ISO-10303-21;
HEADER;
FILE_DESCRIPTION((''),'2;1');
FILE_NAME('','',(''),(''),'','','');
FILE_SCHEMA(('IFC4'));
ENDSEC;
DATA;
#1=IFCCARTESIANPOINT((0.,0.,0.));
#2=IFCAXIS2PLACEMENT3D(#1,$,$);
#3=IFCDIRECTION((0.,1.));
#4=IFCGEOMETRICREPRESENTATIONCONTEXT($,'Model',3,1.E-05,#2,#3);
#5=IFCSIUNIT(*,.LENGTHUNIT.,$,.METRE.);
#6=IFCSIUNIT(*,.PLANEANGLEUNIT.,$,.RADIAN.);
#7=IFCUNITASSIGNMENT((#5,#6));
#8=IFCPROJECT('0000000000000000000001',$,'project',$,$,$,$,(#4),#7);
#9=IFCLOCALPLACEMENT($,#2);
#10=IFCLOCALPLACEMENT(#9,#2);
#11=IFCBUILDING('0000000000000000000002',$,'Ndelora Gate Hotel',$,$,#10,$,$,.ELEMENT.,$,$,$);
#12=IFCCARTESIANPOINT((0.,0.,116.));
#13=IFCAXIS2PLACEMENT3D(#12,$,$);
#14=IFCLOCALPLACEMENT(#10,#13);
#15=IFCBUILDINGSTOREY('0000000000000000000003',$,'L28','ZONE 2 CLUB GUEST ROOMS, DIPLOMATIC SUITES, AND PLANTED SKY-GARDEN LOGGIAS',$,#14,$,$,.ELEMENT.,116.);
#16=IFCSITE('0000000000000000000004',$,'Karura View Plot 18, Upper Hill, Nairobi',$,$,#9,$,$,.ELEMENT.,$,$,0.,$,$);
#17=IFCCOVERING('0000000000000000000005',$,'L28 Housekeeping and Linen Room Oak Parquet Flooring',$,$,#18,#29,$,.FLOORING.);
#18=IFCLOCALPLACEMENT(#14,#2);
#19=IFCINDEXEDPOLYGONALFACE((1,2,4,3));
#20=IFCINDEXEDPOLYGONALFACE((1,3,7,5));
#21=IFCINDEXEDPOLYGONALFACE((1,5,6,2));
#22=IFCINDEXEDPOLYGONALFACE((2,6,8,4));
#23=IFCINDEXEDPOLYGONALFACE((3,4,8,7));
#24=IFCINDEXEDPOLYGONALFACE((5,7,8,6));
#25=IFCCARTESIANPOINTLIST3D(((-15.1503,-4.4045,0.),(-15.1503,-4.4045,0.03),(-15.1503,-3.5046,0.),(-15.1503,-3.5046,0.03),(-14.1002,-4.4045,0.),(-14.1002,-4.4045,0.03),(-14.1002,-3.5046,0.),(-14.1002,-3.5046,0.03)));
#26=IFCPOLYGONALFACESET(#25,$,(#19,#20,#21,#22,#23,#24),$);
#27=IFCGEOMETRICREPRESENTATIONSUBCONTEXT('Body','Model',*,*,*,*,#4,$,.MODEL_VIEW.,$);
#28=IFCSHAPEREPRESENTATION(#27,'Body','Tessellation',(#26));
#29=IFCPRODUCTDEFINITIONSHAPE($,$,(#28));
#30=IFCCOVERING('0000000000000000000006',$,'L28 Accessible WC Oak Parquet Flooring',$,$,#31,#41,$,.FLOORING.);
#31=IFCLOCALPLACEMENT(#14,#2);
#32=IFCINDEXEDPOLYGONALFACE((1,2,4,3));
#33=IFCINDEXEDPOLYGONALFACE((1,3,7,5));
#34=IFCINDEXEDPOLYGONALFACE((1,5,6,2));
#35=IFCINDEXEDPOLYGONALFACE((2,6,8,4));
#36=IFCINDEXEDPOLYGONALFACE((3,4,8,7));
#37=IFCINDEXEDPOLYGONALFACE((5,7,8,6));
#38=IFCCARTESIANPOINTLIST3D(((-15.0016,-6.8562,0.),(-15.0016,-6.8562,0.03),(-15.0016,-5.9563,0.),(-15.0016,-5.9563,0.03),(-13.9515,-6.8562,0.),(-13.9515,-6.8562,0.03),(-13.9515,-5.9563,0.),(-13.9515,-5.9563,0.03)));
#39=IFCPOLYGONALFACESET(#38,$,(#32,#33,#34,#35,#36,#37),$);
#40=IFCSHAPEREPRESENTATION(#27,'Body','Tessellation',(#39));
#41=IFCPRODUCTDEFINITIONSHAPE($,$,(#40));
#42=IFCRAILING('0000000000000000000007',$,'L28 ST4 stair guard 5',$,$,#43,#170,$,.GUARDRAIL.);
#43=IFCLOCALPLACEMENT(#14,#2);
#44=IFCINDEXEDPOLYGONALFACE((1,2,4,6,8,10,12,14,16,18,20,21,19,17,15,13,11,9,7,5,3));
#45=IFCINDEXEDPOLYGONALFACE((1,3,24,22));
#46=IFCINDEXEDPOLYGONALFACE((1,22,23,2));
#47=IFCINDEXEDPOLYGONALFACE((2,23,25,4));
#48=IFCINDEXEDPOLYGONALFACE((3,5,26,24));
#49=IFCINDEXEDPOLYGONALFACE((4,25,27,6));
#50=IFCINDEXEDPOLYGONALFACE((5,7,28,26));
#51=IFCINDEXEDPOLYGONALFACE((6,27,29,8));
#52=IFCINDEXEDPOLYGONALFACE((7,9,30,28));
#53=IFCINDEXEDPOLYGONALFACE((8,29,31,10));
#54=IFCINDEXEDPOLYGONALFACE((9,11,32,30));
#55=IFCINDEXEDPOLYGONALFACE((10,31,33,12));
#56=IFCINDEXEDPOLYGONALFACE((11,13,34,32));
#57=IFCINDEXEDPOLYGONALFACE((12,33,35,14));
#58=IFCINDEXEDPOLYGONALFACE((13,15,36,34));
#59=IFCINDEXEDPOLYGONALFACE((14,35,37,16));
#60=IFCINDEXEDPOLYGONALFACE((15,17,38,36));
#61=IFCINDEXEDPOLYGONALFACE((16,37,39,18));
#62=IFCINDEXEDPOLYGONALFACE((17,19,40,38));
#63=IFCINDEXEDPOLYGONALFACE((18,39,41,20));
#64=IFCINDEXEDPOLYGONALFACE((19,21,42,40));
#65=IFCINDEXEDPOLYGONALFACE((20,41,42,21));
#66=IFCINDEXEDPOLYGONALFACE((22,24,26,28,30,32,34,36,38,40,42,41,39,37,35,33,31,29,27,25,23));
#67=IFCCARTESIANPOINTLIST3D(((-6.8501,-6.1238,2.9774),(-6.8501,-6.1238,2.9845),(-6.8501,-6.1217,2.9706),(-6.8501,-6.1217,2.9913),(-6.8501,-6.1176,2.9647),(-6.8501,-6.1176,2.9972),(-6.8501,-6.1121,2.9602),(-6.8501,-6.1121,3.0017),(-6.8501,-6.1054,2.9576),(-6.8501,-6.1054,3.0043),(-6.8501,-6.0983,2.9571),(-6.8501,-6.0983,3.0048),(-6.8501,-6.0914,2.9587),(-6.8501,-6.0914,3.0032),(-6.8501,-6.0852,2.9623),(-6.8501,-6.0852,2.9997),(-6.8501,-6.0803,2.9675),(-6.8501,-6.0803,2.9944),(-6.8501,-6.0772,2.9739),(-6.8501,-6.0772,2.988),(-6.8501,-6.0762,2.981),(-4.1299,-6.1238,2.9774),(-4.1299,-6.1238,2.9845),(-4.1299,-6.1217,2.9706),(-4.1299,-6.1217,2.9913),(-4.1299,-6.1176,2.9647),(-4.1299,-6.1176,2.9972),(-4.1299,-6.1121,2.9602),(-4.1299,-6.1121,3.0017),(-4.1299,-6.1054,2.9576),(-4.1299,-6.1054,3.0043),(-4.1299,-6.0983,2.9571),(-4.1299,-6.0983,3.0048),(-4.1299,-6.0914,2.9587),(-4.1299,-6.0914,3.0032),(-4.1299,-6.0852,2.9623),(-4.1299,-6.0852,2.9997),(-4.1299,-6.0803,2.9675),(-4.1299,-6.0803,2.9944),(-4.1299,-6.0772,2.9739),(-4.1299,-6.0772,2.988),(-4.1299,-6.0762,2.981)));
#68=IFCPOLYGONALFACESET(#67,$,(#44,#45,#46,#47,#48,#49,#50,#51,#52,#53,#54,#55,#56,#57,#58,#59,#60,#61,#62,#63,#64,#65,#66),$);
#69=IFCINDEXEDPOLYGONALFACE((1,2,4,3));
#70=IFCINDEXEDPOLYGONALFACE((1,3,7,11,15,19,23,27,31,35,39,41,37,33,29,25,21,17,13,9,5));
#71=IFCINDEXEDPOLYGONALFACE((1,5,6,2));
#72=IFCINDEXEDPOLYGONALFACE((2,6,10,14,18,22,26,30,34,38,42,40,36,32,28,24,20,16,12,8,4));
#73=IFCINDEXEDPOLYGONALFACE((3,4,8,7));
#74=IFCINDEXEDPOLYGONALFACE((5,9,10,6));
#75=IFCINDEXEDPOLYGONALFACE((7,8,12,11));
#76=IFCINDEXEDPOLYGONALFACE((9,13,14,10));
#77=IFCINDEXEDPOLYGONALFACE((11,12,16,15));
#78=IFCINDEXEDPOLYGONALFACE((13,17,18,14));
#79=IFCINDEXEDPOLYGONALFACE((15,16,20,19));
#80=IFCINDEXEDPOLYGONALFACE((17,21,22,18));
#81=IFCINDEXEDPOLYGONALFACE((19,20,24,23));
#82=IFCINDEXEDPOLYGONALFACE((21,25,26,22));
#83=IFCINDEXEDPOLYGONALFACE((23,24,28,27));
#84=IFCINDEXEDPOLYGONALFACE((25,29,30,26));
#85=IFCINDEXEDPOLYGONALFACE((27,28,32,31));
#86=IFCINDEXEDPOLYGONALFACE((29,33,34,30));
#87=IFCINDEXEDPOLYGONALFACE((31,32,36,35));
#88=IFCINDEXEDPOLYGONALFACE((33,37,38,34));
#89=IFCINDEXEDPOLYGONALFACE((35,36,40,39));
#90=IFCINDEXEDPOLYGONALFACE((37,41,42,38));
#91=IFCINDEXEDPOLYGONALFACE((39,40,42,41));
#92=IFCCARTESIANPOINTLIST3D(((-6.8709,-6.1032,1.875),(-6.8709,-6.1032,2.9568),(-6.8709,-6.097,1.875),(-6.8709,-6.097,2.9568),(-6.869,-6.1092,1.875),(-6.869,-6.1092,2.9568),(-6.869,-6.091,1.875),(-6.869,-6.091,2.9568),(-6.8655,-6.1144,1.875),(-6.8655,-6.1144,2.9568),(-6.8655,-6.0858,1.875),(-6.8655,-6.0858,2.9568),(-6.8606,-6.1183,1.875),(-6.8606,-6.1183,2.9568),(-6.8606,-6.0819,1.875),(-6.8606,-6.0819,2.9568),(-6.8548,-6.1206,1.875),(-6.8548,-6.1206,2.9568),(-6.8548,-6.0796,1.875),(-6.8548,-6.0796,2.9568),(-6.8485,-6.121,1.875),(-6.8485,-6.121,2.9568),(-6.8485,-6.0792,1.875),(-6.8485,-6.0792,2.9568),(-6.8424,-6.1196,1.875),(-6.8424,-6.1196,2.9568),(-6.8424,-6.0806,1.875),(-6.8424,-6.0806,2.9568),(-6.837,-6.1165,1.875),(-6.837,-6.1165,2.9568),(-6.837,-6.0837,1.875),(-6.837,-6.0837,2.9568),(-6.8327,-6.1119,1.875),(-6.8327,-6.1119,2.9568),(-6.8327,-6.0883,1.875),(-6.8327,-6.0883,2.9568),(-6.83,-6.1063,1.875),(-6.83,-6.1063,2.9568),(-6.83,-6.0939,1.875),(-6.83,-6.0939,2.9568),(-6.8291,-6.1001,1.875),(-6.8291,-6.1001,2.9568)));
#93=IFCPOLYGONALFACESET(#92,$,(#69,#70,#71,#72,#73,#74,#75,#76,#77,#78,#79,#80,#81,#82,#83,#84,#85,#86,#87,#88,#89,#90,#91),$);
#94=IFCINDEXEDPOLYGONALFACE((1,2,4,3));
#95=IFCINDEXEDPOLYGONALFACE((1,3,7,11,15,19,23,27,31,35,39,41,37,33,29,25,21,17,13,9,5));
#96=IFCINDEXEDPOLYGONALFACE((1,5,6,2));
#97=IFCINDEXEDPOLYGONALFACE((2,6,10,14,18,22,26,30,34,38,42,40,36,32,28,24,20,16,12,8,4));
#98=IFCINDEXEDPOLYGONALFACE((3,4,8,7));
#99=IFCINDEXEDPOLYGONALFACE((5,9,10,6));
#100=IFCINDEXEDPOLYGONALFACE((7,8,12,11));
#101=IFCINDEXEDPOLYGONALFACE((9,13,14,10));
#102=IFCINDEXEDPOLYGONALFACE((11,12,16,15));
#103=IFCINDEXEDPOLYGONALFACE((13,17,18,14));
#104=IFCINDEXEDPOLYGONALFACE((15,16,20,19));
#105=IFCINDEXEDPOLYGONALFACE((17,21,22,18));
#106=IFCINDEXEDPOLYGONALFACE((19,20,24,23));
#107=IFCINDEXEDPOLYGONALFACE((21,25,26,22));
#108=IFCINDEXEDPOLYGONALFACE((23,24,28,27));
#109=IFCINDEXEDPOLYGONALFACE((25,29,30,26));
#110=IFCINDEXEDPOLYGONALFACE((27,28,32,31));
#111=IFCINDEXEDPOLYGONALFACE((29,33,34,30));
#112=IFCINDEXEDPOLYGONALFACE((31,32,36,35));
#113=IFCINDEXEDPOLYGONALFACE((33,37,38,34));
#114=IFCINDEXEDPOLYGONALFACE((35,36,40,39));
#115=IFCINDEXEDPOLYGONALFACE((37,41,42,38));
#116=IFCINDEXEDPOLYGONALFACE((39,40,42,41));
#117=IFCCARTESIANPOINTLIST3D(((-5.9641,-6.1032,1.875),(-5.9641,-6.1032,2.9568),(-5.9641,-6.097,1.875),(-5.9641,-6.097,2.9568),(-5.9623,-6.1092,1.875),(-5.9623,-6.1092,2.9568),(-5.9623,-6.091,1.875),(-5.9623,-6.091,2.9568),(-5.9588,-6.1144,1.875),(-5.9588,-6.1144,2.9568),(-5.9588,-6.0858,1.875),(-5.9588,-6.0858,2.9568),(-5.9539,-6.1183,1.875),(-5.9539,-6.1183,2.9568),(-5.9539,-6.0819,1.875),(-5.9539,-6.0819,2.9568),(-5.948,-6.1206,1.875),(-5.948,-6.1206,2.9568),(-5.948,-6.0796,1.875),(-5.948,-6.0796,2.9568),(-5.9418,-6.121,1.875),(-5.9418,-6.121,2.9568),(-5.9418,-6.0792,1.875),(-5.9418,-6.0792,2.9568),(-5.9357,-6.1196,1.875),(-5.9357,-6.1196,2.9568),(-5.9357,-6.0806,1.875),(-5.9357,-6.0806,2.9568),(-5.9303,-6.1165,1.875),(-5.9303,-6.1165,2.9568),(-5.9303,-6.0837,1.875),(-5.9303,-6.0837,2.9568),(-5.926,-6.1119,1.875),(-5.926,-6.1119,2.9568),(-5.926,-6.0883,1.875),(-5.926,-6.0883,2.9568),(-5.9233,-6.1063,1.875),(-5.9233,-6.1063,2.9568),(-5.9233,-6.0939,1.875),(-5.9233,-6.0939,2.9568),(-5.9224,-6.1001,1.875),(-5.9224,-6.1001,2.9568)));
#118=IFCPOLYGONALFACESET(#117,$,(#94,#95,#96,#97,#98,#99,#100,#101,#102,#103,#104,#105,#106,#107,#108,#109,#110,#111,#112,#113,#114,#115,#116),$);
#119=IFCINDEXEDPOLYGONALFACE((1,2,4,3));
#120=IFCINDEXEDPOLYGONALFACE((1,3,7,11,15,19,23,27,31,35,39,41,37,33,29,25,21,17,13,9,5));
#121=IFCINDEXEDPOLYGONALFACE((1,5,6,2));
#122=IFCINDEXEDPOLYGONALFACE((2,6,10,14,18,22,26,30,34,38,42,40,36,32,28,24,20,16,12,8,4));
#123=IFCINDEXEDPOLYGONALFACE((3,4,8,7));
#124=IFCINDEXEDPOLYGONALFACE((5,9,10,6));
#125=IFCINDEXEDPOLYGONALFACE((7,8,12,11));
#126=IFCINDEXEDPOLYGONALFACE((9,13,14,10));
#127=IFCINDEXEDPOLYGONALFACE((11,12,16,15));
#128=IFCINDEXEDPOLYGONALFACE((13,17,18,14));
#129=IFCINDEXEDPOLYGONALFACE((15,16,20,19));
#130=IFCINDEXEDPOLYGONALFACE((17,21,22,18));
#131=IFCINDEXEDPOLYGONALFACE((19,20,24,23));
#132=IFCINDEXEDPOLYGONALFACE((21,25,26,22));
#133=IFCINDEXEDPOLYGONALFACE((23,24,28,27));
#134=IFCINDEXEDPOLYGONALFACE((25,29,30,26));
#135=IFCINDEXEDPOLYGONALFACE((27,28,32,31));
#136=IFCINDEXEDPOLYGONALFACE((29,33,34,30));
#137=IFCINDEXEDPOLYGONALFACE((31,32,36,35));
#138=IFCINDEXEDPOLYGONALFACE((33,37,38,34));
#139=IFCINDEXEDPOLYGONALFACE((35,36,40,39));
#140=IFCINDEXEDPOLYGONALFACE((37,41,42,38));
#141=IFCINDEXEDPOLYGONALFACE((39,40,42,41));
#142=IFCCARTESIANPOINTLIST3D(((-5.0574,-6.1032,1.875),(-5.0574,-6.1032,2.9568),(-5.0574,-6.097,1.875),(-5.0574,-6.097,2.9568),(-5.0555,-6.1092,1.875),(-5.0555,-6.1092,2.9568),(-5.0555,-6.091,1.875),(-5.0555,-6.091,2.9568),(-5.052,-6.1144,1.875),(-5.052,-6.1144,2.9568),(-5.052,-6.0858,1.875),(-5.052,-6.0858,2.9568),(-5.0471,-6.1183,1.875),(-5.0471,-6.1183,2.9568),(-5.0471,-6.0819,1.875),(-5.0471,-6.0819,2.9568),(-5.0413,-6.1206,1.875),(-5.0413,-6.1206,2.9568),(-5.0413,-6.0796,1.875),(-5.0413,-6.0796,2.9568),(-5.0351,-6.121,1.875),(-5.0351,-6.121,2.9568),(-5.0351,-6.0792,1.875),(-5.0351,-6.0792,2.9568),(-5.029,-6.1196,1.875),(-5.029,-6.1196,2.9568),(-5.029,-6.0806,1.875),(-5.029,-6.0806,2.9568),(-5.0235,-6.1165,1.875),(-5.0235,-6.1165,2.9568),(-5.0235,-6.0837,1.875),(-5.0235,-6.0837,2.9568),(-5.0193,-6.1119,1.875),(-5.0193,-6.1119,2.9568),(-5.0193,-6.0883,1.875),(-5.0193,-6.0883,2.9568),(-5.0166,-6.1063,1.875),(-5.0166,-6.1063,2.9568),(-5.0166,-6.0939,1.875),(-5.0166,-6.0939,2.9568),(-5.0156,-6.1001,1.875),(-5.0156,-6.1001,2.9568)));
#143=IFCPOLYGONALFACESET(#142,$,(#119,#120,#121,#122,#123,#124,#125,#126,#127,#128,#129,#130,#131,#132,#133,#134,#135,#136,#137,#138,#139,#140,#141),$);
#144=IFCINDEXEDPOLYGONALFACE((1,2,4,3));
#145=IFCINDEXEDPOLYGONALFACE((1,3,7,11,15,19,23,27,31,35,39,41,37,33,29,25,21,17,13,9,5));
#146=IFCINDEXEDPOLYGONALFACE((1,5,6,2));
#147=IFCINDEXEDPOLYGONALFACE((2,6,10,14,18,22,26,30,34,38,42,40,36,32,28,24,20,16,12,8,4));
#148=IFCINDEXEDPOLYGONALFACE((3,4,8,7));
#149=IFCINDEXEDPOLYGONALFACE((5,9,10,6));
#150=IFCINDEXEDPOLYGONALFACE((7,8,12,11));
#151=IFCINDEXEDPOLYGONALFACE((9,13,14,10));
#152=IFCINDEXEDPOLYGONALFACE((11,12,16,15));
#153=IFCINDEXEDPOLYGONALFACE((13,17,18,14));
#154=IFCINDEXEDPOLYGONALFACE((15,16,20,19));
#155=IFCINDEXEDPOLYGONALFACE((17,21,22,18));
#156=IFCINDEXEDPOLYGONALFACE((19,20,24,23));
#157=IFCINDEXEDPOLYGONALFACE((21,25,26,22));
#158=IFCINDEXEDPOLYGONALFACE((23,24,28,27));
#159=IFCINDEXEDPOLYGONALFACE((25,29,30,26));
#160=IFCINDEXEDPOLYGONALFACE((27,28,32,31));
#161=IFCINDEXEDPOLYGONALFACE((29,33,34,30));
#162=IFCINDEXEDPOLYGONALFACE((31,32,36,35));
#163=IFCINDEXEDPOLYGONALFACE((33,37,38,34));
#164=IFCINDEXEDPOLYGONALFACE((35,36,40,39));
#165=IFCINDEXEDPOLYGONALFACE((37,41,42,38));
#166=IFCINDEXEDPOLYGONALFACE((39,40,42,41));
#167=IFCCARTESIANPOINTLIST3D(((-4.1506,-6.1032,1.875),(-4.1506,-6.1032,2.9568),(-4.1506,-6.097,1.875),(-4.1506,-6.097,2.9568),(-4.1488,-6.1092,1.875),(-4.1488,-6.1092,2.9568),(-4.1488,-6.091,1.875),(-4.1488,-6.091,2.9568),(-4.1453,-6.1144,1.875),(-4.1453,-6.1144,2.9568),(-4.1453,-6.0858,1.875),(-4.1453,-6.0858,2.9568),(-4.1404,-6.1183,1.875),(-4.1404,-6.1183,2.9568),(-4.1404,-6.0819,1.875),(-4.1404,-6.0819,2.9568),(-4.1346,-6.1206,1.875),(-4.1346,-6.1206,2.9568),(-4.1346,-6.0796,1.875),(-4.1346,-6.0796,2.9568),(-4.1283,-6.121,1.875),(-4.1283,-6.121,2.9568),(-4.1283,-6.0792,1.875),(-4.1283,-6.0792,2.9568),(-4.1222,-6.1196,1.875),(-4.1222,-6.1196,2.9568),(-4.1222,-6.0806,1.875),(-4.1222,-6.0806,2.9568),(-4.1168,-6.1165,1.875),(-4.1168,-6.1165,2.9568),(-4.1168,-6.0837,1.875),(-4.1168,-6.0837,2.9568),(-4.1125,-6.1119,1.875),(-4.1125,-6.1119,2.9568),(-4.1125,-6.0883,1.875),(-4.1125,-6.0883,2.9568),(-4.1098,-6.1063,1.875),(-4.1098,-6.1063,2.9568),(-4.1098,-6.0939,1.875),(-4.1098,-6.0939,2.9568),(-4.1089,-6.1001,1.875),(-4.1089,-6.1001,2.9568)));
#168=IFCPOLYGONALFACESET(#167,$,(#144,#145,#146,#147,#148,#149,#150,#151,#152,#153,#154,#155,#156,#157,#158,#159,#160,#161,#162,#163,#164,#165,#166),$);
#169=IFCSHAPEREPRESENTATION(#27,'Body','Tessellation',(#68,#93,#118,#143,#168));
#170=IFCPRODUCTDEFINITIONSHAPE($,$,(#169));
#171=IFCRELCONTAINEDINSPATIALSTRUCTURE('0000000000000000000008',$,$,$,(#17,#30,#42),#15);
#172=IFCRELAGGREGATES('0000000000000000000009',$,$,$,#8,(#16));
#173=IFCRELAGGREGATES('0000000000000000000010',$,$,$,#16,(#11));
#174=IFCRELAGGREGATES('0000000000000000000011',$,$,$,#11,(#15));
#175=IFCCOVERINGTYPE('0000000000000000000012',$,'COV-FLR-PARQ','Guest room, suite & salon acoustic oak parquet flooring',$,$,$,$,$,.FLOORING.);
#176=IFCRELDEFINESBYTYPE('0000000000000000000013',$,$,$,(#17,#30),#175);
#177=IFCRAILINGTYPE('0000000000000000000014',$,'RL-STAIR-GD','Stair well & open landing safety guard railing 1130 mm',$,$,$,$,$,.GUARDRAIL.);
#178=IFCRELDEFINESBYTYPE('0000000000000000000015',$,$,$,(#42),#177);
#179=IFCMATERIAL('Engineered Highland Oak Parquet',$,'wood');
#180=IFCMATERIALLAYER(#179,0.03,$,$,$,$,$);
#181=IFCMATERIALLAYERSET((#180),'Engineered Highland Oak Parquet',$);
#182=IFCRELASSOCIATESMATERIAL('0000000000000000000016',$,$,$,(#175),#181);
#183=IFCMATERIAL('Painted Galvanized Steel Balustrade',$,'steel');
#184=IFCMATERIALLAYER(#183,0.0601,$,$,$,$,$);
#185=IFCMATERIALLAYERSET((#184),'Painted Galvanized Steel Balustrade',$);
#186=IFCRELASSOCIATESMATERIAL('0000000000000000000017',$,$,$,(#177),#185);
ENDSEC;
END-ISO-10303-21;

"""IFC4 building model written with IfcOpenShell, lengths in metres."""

from ifc_helpers import new_model, si_unit, direction, frame, origin, origin_2d, place, context, subcontext, project, spatial, rectangle, circle, extrude, material, layer, layer_set, type_object, element, save


model = new_model("IFC4")

# Units and contexts
model_context = context("Model", 3, precision=1e-05, world=origin(), true_north=direction((0.0, 1.0)))
body_context = subcontext(model_context, "Body", "Model", "MODEL_VIEW")
ifc_project = project(units=[si_unit("LENGTHUNIT", "METRE"), si_unit("PLANEANGLEUNIT", "RADIAN")], contexts=[model_context])

# Site, building, storey
site_placement = place(None, origin())
site = spatial("IfcSite", under=ifc_project, at=site_placement, Name="Karura View Plot 18, Upper Hill, Nairobi", CompositionType="ELEMENT", RefElevation=0.0)
building_placement = place(site_placement, origin())
building = spatial("IfcBuilding", under=site, at=building_placement, Name="Ndelora Gate Hotel", CompositionType="ELEMENT")
storey_placement = place(building_placement, frame((0.0, 0.0, 116.0)))
storey = spatial("IfcBuildingStorey", under=building, at=storey_placement, Name="L28", Description="ZONE 2 CLUB GUEST ROOMS, DIPLOMATIC SUITES, AND PLANTED SKY-GARDEN LOGGIAS", CompositionType="ELEMENT", Elevation=116.0)

# Coverings
ifc_material_1 = material(Name="Engineered Highland Oak Parquet", Category="wood")
ifc_layer_1 = layer(ifc_material_1, 0.03)
ifc_layer_set_1 = layer_set([ifc_layer_1], Name="Engineered Highland Oak Parquet")
covering_type_1 = type_object("IfcCoveringType", Name="COV-FLR-PARQ", Description="Guest room, suite & salon acoustic oak parquet flooring", PredefinedType="FLOORING", material=ifc_layer_set_1)
for number, where, z_axis, x_axis, name in (
    (1, (-14.6252, -3.9546, 0.0), (0.0, 0.0, 1.0), (1.0, 0.0, 0.0), "L28 Housekeeping and Linen Room Oak Parquet Flooring"),
    (2, (-14.4766, -6.4062, 0.0), (0.0, 0.0, 1.0), (1.0, 0.0, 0.0), "L28 Accessible WC Oak Parquet Flooring"),
):
    element("IfcCovering", number, at=place(storey_placement, frame(where, z_axis=z_axis, x_axis=x_axis)), inside=storey, type_object=covering_type_1, Name=name, PredefinedType="FLOORING", context=body_context, shape_type="SweptSolid", body=[
        extrude(rectangle(XDim=1.05, YDim=0.8999, at=origin_2d()), origin(), (0.0, 0.0, 1.0), 0.03),
    ])

# Railing
ifc_material_2 = material(Name="Painted Galvanized Steel Balustrade", Category="steel")
ifc_layer_2 = layer(ifc_material_2, 0.0601)
ifc_layer_set_2 = layer_set([ifc_layer_2], Name="Painted Galvanized Steel Balustrade")
railing_type = type_object("IfcRailingType", Name="RL-STAIR-GD", Description="Stair well & open landing safety guard railing 1130 mm", PredefinedType="GUARDRAIL", material=ifc_layer_set_2)
railing_1_placement = place(storey_placement, frame((-6.8501, -6.1001, 1.875)))
element("IfcRailing", 3, at=railing_1_placement, inside=storey, type_object=railing_type, Name="L28 ST4 stair guard 5", PredefinedType="GUARDRAIL", context=body_context, shape_type="SweptSolid", body=[
    extrude(circle(Radius=0.0239, at=origin_2d()), frame((0.0, 0.0, 1.106), z_axis=(1.0, 0.0, 0.0), x_axis=(0.0, 1.0, 0.0)), (0.0, 0.0, 1.0), 2.7202),
    extrude(circle(Radius=0.021, at=origin_2d()), origin(), (0.0, 0.0, 1.0), 1.0818),
    extrude(circle(Radius=0.021, at=origin_2d()), frame((0.9067, 0.0, 0.0)), (0.0, 0.0, 1.0), 1.0818),
    extrude(circle(Radius=0.021, at=origin_2d()), frame((1.8135, 0.0, 0.0)), (0.0, 0.0, 1.0), 1.0818),
    extrude(circle(Radius=0.021, at=origin_2d()), frame((2.7202, 0.0, 0.0)), (0.0, 0.0, 1.0), 1.0818),
])

save(model, "model.ifc")
